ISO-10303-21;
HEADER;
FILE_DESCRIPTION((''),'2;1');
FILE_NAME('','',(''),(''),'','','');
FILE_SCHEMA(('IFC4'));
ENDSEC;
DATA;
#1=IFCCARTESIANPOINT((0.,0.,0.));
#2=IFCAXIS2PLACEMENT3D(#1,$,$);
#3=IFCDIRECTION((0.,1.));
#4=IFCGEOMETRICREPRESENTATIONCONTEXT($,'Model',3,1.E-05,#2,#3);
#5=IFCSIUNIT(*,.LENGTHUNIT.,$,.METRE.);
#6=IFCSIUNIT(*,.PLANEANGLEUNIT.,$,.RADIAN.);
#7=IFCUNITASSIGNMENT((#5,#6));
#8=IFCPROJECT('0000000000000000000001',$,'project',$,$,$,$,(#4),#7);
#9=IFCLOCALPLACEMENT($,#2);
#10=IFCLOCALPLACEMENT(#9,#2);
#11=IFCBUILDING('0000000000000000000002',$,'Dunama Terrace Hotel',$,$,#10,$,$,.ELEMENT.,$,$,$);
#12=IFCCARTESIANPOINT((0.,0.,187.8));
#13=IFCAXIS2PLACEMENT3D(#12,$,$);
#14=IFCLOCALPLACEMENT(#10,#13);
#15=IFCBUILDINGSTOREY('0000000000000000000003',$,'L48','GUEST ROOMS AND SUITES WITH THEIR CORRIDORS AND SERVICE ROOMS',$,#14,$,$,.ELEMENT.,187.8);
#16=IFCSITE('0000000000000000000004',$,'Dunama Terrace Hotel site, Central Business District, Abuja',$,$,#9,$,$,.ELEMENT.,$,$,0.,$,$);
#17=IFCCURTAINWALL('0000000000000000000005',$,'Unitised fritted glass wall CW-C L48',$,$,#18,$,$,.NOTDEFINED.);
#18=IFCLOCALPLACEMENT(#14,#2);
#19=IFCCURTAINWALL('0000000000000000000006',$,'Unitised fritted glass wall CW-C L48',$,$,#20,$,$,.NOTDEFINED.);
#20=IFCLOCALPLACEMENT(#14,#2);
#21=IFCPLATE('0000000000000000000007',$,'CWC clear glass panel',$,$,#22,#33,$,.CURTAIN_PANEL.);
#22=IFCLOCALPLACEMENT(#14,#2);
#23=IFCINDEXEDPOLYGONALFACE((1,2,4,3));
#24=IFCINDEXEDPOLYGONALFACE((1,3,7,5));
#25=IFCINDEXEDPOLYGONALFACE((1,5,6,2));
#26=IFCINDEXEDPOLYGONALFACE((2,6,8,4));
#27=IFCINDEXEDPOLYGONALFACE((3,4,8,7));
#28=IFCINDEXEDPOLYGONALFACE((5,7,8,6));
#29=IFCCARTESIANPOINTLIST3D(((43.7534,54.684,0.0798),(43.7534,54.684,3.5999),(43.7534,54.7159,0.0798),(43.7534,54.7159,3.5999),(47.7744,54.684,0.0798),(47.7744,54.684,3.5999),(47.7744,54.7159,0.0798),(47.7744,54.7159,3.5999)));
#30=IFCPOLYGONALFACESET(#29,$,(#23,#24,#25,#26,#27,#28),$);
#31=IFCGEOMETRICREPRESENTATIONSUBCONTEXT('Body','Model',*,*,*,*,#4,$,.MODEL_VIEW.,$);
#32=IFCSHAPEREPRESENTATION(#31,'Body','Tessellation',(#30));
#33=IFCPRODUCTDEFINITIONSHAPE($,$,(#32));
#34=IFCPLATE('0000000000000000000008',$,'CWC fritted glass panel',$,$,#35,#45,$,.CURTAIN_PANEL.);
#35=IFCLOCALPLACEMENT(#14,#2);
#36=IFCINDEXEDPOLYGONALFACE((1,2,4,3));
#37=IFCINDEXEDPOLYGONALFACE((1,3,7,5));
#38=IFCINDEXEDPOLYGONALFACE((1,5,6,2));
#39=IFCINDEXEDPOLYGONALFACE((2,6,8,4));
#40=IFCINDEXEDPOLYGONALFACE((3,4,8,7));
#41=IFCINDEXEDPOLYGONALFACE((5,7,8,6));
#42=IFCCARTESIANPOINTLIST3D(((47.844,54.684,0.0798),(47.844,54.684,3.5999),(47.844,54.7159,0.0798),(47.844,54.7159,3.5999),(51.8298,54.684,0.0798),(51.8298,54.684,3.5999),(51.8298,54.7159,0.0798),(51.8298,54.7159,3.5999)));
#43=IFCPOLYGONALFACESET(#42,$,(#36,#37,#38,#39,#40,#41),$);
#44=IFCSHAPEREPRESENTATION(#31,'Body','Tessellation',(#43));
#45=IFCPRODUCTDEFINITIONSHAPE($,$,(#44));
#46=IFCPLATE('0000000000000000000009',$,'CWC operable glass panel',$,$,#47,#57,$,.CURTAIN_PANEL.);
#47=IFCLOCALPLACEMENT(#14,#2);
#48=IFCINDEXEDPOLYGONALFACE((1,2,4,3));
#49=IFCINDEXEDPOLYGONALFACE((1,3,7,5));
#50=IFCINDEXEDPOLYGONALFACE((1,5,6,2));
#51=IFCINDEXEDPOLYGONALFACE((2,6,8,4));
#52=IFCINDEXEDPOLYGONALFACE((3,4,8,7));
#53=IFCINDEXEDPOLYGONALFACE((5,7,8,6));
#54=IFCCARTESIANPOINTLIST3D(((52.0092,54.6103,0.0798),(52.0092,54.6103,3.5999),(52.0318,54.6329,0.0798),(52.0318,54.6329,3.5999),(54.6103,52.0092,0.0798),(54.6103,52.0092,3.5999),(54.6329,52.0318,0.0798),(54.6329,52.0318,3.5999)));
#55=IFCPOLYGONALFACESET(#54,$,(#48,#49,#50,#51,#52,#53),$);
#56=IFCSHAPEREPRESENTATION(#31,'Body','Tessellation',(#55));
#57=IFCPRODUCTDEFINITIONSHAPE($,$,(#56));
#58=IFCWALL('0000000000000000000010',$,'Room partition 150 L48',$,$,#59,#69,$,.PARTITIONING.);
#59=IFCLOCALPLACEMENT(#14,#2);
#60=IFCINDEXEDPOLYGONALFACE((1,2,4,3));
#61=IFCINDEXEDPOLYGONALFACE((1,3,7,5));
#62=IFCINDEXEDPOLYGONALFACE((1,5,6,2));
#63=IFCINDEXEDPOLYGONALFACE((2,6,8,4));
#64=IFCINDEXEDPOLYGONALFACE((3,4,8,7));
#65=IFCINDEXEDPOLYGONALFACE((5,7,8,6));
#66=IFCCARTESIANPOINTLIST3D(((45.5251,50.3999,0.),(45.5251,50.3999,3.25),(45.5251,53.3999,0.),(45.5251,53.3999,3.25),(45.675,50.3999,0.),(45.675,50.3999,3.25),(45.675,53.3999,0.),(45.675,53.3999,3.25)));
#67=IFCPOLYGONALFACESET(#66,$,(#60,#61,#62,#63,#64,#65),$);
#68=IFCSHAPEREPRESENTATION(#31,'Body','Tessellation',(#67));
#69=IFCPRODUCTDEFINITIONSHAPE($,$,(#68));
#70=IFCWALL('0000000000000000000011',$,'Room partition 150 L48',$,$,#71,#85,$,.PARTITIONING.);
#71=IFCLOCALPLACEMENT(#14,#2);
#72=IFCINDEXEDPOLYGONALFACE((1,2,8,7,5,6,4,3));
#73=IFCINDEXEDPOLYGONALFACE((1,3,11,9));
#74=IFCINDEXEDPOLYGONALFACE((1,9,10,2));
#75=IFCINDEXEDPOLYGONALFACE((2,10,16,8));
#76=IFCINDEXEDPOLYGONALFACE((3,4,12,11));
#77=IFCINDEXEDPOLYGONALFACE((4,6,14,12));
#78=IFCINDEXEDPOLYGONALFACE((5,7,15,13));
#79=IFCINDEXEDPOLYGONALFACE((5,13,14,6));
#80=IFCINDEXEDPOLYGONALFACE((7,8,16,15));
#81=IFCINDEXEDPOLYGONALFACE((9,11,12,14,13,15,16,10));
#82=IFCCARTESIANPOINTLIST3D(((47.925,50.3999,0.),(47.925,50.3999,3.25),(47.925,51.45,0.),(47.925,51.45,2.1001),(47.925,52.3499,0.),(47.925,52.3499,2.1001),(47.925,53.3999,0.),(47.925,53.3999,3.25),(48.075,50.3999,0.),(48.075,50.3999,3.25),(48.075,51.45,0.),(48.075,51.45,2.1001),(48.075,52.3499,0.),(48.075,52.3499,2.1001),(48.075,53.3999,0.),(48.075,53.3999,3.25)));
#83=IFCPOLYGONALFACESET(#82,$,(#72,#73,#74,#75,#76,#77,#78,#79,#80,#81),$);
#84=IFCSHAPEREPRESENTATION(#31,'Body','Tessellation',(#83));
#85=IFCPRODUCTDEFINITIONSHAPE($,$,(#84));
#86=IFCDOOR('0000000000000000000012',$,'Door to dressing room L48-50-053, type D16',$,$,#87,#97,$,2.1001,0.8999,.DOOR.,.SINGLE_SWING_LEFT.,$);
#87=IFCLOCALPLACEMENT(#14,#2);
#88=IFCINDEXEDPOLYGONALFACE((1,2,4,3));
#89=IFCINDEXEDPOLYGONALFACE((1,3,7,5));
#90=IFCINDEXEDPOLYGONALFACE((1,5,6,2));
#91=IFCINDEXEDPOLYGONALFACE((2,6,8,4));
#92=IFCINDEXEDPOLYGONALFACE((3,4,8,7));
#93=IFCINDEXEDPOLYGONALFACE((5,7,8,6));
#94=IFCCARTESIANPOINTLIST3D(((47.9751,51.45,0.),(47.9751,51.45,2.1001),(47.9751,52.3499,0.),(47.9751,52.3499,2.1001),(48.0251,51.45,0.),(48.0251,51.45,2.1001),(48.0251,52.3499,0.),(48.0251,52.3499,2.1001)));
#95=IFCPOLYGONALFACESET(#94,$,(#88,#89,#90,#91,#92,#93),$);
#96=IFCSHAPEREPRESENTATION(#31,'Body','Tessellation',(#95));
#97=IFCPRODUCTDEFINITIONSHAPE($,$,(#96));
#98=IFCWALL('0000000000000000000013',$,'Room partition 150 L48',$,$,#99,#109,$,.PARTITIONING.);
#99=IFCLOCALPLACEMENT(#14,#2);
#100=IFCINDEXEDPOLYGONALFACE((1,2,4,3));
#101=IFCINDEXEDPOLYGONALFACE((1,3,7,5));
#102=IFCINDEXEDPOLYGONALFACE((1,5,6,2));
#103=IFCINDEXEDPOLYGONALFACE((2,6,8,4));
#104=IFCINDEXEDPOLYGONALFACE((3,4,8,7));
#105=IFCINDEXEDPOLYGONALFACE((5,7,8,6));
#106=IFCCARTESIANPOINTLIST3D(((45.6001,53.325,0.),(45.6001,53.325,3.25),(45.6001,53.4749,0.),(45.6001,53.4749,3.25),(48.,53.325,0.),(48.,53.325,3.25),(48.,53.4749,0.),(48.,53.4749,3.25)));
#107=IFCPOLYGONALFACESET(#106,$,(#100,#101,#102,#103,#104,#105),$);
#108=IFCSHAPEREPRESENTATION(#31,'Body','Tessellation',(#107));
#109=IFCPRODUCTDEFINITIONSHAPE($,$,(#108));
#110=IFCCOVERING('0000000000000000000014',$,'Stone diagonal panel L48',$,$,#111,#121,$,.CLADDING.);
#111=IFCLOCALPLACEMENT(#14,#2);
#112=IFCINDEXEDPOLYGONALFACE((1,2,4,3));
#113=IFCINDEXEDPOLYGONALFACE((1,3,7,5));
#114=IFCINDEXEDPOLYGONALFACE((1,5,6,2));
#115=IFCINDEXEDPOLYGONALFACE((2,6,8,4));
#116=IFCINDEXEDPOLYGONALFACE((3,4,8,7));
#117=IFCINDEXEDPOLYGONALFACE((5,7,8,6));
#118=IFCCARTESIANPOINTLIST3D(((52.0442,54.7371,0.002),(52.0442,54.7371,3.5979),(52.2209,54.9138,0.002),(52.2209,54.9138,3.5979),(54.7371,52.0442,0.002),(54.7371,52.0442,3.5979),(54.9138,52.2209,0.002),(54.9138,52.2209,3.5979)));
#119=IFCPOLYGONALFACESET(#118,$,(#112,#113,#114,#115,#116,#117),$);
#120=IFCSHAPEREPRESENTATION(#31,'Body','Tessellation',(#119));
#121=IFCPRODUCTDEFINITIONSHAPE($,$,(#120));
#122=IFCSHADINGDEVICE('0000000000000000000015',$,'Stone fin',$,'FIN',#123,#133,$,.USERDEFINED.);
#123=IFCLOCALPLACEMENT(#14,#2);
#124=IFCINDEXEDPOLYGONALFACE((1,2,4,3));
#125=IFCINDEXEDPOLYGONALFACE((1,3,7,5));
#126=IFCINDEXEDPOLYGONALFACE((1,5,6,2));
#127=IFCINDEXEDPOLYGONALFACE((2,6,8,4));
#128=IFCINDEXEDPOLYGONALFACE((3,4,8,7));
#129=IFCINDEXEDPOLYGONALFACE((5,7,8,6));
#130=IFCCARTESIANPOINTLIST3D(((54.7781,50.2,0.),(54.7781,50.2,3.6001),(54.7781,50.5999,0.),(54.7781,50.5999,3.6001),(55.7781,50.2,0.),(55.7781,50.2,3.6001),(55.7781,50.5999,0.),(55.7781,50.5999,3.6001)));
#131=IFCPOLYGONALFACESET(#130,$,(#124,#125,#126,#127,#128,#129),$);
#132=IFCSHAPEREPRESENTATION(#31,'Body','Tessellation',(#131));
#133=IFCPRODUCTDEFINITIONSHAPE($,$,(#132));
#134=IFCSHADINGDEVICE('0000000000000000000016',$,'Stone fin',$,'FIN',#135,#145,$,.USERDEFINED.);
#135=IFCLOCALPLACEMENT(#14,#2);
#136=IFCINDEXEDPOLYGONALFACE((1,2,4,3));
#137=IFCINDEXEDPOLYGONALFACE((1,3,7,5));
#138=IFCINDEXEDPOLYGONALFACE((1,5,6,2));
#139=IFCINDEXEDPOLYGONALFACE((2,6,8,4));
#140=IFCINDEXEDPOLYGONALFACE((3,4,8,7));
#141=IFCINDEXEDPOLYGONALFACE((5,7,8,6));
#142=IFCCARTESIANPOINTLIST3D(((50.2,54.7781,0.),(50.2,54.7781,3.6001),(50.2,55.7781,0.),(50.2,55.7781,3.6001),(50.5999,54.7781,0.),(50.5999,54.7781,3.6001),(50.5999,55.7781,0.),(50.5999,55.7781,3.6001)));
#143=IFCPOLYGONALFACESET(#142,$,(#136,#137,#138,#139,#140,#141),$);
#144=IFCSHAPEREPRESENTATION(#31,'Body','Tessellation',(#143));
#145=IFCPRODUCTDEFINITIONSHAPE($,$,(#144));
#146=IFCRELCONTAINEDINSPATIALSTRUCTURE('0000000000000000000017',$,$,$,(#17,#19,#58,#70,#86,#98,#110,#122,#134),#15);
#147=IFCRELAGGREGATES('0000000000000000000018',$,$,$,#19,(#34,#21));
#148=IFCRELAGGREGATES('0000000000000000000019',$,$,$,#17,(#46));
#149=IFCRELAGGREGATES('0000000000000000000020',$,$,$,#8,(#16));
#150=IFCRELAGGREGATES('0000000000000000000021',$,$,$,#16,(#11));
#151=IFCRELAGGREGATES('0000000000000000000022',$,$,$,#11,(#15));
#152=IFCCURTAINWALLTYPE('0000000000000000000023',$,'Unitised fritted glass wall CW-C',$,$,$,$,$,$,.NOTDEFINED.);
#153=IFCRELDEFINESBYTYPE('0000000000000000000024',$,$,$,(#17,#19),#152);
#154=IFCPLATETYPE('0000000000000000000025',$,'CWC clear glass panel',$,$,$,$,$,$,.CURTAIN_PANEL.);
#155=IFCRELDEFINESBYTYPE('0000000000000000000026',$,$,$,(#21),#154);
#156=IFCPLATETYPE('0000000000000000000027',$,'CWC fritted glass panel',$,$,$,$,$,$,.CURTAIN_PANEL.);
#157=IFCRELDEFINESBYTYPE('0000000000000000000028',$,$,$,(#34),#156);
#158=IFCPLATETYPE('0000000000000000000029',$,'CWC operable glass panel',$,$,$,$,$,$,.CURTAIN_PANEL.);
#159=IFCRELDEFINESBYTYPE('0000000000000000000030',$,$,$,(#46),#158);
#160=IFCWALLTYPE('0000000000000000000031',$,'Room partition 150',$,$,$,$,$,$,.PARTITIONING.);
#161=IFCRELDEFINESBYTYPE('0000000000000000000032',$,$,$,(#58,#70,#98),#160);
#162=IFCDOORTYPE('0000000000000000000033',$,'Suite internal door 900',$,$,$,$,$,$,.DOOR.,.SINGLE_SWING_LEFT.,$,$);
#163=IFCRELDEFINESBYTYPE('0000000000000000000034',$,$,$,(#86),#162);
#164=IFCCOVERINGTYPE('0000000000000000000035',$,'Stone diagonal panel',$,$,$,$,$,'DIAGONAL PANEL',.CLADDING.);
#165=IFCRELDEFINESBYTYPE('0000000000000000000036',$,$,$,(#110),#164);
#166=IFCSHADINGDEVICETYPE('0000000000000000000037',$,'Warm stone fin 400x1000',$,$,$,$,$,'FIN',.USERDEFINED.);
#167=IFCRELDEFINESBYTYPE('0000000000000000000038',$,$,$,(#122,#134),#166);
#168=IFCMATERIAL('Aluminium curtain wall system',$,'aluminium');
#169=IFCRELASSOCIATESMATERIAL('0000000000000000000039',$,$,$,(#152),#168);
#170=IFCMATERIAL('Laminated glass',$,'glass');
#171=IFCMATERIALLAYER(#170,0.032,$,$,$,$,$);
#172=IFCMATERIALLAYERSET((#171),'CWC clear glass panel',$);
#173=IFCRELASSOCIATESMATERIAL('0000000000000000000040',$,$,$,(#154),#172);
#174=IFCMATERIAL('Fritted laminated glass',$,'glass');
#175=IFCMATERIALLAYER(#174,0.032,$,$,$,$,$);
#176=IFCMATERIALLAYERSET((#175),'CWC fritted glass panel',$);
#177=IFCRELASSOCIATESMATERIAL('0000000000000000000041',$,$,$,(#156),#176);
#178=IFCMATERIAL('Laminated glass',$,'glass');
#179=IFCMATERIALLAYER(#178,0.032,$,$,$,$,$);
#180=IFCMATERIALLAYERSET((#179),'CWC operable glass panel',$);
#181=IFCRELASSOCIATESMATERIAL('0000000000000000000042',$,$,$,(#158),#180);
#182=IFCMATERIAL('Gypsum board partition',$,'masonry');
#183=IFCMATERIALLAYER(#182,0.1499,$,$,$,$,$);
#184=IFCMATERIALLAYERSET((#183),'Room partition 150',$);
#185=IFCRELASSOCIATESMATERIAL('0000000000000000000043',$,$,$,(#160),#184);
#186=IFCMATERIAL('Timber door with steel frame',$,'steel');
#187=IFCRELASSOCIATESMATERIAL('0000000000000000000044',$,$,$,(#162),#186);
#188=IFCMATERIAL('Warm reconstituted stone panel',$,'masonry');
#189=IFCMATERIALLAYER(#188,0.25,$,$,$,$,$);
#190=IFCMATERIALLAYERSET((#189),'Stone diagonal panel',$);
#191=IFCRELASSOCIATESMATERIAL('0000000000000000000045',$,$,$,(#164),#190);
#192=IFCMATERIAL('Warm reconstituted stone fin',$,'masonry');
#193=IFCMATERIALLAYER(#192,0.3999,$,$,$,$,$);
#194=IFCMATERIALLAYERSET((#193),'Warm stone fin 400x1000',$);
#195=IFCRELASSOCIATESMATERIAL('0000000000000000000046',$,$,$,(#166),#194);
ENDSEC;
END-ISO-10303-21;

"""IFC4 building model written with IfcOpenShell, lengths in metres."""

from ifc_helpers import new_model, si_unit, direction, frame, frame_2d, origin, origin_2d, place, context, subcontext, project, spatial, rectangle, extrude, material, layer, layer_set, type_object, element, fill, aggregate, save


model = new_model("IFC4")

# Units and contexts
model_context = context("Model", 3, precision=1e-05, world=origin(), true_north=direction((0.0, 1.0)))
body_context = subcontext(model_context, "Body", "Model", "MODEL_VIEW")
ifc_project = project(units=[si_unit("LENGTHUNIT", "METRE"), si_unit("PLANEANGLEUNIT", "RADIAN")], contexts=[model_context])

# Site, building, storey
site_placement = place(None, origin())
site = spatial("IfcSite", under=ifc_project, at=site_placement, Name="Dunama Terrace Hotel site, Central Business District, Abuja", CompositionType="ELEMENT", RefElevation=0.0)
building_placement = place(site_placement, origin())
building = spatial("IfcBuilding", under=site, at=building_placement, Name="Dunama Terrace Hotel", CompositionType="ELEMENT")
storey_placement = place(building_placement, frame((0.0, 0.0, 187.8)))
storey = spatial("IfcBuildingStorey", under=building, at=storey_placement, Name="L48", Description="GUEST ROOMS AND SUITES WITH THEIR CORRIDORS AND SERVICE ROOMS", CompositionType="ELEMENT", Elevation=187.8)

# Curtain walls
ifc_material_1 = material(Name="Aluminium curtain wall system", Category="aluminium")
curtain_wall_type = type_object("IfcCurtainWallType", Name="Unitised fritted glass wall CW-C", PredefinedType="NOTDEFINED", material=ifc_material_1)
curtain_wall_1_placement = place(storey_placement, origin())
curtain_wall_1 = element("IfcCurtainWall", 1, at=curtain_wall_1_placement, inside=storey, type_object=curtain_wall_type, Name="Unitised fritted glass wall CW-C L48", PredefinedType="NOTDEFINED")
curtain_wall_2_placement = place(storey_placement, origin())
curtain_wall_2 = element("IfcCurtainWall", 2, at=curtain_wall_2_placement, inside=storey, type_object=curtain_wall_type, Name="Unitised fritted glass wall CW-C L48", PredefinedType="NOTDEFINED")

# Plates
ifc_material_2 = material(Name="Laminated glass", Category="glass")
ifc_layer_1 = layer(ifc_material_2, 0.032)
ifc_layer_set_1 = layer_set([ifc_layer_1], Name="CWC clear glass panel")
plate_type_1 = type_object("IfcPlateType", Name="CWC clear glass panel", PredefinedType="CURTAIN_PANEL", material=ifc_layer_set_1)
plate_1_placement = place(storey_placement, frame((45.7639, 54.7, 0.0798), z_axis=(0.0, 0.0, 1.0), x_axis=(-1.0, 0.0, 0.0)))
plate_1 = element("IfcPlate", 3, at=plate_1_placement, type_object=plate_type_1, Name="CWC clear glass panel", PredefinedType="CURTAIN_PANEL", context=body_context, shape_type="SweptSolid", body=[
    extrude(rectangle(XDim=4.021, YDim=0.032, at=origin_2d()), origin(), (0.0, 0.0, 1.0), 3.52),
])
ifc_material_3 = material(Name="Fritted laminated glass", Category="glass")
ifc_layer_2 = layer(ifc_material_3, 0.032)
ifc_layer_set_2 = layer_set([ifc_layer_2], Name="CWC fritted glass panel")
plate_type_2 = type_object("IfcPlateType", Name="CWC fritted glass panel", PredefinedType="CURTAIN_PANEL", material=ifc_layer_set_2)
plate_2_placement = place(storey_placement, frame((49.8369, 54.7, 0.0798), z_axis=(0.0, 0.0, 1.0), x_axis=(-1.0, 0.0, 0.0)))
plate_2 = element("IfcPlate", 4, at=plate_2_placement, type_object=plate_type_2, Name="CWC fritted glass panel", PredefinedType="CURTAIN_PANEL", context=body_context, shape_type="SweptSolid", body=[
    extrude(rectangle(XDim=3.9858, YDim=0.032, at=origin_2d()), origin(), (0.0, 0.0, 1.0), 3.52),
])
aggregate(curtain_wall_2, [plate_2, plate_1])
ifc_material_4 = material(Name="Laminated glass", Category="glass")
ifc_layer_3 = layer(ifc_material_4, 0.032)
ifc_layer_set_3 = layer_set([ifc_layer_3], Name="CWC operable glass panel")
plate_type_3 = type_object("IfcPlateType", Name="CWC operable glass panel", PredefinedType="CURTAIN_PANEL", material=ifc_layer_set_3)
plate_3_placement = place(storey_placement, frame((53.321, 53.321, 0.0798), z_axis=(0.0, 0.0, 1.0), x_axis=(-0.707107, 0.707107, 0.0)))
plate_3 = element("IfcPlate", 5, at=plate_3_placement, type_object=plate_type_3, Name="CWC operable glass panel", PredefinedType="CURTAIN_PANEL", context=body_context, shape_type="SweptSolid", body=[
    extrude(rectangle(XDim=3.6785, YDim=0.032, at=origin_2d()), origin(), (0.0, 0.0, 1.0), 3.52),
])
aggregate(curtain_wall_1, [plate_3])

# Wall
ifc_material_5 = material(Name="Gypsum board partition", Category="masonry")
ifc_layer_4 = layer(ifc_material_5, 0.1499)
ifc_layer_set_4 = layer_set([ifc_layer_4], Name="Room partition 150")
wall_type = type_object("IfcWallType", Name="Room partition 150", PredefinedType="PARTITIONING", material=ifc_layer_set_4)
wall_1_placement = place(storey_placement, frame((45.6001, 50.3999, 0.0), z_axis=(0.0, 0.0, 1.0), x_axis=(0.0, 1.0, 0.0)))
element("IfcWall", 6, at=wall_1_placement, inside=storey, type_object=wall_type, Name="Room partition 150 L48", PredefinedType="PARTITIONING", context=body_context, shape_type="SweptSolid", body=[
    extrude(rectangle(XDim=3.0, YDim=0.1499, at=frame_2d((1.5, 0.0))), origin(), (0.0, 0.0, 1.0), 3.25),
])

# Wall, opening, door
wall_2_placement = place(storey_placement, frame((48.0, 50.3999, 0.0), z_axis=(0.0, 0.0, 1.0), x_axis=(0.0, 1.0, 0.0)))
wall_2 = element("IfcWall", 7, at=wall_2_placement, inside=storey, type_object=wall_type, Name="Room partition 150 L48", PredefinedType="PARTITIONING", context=body_context, shape_type="SweptSolid", body=[
    extrude(rectangle(XDim=3.0, YDim=0.1499, at=frame_2d((1.5, 0.0))), origin(), (0.0, 0.0, 1.0), 3.25),
])
opening_placement = place(wall_2_placement, frame((1.05, 0.0, 0.0)))
opening = element("IfcOpeningElement", 8, at=opening_placement, cuts=wall_2, PredefinedType="OPENING", context=body_context, shape_type="SweptSolid", body=[
    extrude(rectangle(XDim=0.8999, YDim=2.1001, at=frame_2d((0.45, 1.05))), frame((0.0, 0.085, 0.0), z_axis=(0.0, -1.0, 0.0), x_axis=(1.0, 0.0, 0.0)), (0.0, 0.0, 1.0), 0.1699),
])
ifc_material_6 = material(Name="Timber door with steel frame", Category="steel")
door_type = type_object("IfcDoorType", Name="Suite internal door 900", OperationType="SINGLE_SWING_LEFT", PredefinedType="DOOR", material=ifc_material_6)
door_placement = place(opening_placement, origin())
door = element("IfcDoor", 9, at=door_placement, inside=storey, type_object=door_type, Name="Door to dressing room L48-50-053, type D16", OperationType="SINGLE_SWING_LEFT", OverallHeight=2.1001, OverallWidth=0.8999, PredefinedType="DOOR", context=body_context, shape_type="SweptSolid", body=[
    extrude(rectangle(XDim=0.8999, YDim=2.1001, at=frame_2d((0.45, 1.05))), frame((0.0, 0.0249, 0.0), z_axis=(0.0, -1.0, 0.0), x_axis=(1.0, 0.0, 0.0)), (0.0, 0.0, 1.0), 0.05),
])
fill(opening, door)

# Wall
wall_3_placement = place(storey_placement, frame((45.6001, 53.3999, 0.0), z_axis=(0.0, 0.0, 1.0), x_axis=(1.0, 0.0, 0.0)))
element("IfcWall", 10, at=wall_3_placement, inside=storey, type_object=wall_type, Name="Room partition 150 L48", PredefinedType="PARTITIONING", context=body_context, shape_type="SweptSolid", body=[
    extrude(rectangle(XDim=2.3999, YDim=0.1499, at=frame_2d((1.2, 0.0))), origin(), (0.0, 0.0, 1.0), 3.25),
])

# Covering
ifc_material_7 = material(Name="Warm reconstituted stone panel", Category="masonry")
ifc_layer_5 = layer(ifc_material_7, 0.25)
ifc_layer_set_5 = layer_set([ifc_layer_5], Name="Stone diagonal panel")
covering_type = type_object("IfcCoveringType", Name="Stone diagonal panel", ElementType="DIAGONAL PANEL", PredefinedType="CLADDING", material=ifc_layer_set_5)
covering_placement = place(storey_placement, frame((53.479, 53.479, 0.002), z_axis=(0.0, 0.0, 1.0), x_axis=(-0.707107, 0.707107, 0.0)))
element("IfcCovering", 11, at=covering_placement, inside=storey, type_object=covering_type, Name="Stone diagonal panel L48", PredefinedType="CLADDING", context=body_context, shape_type="SweptSolid", body=[
    extrude(rectangle(XDim=3.8083, YDim=0.25, at=origin_2d()), origin(), (0.0, 0.0, 1.0), 3.5959),
])

# Shading devices
ifc_material_8 = material(Name="Warm reconstituted stone fin", Category="masonry")
ifc_layer_6 = layer(ifc_material_8, 0.3999)
ifc_layer_set_6 = layer_set([ifc_layer_6], Name="Warm stone fin 400x1000")
shading_device_type = type_object("IfcShadingDeviceType", Name="Warm stone fin 400x1000", ElementType="FIN", PredefinedType="USERDEFINED", material=ifc_layer_set_6)
for number, where, z_axis, x_axis, name in (
    (12, (55.2781, 50.3999, 0.0), (0.0, 0.0, 1.0), (0.0, 1.0, 0.0), "Stone fin"),
    (13, (50.3999, 55.2781, 0.0), (0.0, 0.0, 1.0), (-1.0, 0.0, 0.0), "Stone fin"),
):
    element("IfcShadingDevice", number, at=place(storey_placement, frame(where, z_axis=z_axis, x_axis=x_axis)), inside=storey, type_object=shading_device_type, Name=name, ObjectType="FIN", PredefinedType="USERDEFINED", context=body_context, shape_type="SweptSolid", body=[
        extrude(rectangle(XDim=0.3999, YDim=1.0, at=origin_2d()), origin(), (0.0, 0.0, 1.0), 3.6001),
    ])

save(model, "model.ifc")
